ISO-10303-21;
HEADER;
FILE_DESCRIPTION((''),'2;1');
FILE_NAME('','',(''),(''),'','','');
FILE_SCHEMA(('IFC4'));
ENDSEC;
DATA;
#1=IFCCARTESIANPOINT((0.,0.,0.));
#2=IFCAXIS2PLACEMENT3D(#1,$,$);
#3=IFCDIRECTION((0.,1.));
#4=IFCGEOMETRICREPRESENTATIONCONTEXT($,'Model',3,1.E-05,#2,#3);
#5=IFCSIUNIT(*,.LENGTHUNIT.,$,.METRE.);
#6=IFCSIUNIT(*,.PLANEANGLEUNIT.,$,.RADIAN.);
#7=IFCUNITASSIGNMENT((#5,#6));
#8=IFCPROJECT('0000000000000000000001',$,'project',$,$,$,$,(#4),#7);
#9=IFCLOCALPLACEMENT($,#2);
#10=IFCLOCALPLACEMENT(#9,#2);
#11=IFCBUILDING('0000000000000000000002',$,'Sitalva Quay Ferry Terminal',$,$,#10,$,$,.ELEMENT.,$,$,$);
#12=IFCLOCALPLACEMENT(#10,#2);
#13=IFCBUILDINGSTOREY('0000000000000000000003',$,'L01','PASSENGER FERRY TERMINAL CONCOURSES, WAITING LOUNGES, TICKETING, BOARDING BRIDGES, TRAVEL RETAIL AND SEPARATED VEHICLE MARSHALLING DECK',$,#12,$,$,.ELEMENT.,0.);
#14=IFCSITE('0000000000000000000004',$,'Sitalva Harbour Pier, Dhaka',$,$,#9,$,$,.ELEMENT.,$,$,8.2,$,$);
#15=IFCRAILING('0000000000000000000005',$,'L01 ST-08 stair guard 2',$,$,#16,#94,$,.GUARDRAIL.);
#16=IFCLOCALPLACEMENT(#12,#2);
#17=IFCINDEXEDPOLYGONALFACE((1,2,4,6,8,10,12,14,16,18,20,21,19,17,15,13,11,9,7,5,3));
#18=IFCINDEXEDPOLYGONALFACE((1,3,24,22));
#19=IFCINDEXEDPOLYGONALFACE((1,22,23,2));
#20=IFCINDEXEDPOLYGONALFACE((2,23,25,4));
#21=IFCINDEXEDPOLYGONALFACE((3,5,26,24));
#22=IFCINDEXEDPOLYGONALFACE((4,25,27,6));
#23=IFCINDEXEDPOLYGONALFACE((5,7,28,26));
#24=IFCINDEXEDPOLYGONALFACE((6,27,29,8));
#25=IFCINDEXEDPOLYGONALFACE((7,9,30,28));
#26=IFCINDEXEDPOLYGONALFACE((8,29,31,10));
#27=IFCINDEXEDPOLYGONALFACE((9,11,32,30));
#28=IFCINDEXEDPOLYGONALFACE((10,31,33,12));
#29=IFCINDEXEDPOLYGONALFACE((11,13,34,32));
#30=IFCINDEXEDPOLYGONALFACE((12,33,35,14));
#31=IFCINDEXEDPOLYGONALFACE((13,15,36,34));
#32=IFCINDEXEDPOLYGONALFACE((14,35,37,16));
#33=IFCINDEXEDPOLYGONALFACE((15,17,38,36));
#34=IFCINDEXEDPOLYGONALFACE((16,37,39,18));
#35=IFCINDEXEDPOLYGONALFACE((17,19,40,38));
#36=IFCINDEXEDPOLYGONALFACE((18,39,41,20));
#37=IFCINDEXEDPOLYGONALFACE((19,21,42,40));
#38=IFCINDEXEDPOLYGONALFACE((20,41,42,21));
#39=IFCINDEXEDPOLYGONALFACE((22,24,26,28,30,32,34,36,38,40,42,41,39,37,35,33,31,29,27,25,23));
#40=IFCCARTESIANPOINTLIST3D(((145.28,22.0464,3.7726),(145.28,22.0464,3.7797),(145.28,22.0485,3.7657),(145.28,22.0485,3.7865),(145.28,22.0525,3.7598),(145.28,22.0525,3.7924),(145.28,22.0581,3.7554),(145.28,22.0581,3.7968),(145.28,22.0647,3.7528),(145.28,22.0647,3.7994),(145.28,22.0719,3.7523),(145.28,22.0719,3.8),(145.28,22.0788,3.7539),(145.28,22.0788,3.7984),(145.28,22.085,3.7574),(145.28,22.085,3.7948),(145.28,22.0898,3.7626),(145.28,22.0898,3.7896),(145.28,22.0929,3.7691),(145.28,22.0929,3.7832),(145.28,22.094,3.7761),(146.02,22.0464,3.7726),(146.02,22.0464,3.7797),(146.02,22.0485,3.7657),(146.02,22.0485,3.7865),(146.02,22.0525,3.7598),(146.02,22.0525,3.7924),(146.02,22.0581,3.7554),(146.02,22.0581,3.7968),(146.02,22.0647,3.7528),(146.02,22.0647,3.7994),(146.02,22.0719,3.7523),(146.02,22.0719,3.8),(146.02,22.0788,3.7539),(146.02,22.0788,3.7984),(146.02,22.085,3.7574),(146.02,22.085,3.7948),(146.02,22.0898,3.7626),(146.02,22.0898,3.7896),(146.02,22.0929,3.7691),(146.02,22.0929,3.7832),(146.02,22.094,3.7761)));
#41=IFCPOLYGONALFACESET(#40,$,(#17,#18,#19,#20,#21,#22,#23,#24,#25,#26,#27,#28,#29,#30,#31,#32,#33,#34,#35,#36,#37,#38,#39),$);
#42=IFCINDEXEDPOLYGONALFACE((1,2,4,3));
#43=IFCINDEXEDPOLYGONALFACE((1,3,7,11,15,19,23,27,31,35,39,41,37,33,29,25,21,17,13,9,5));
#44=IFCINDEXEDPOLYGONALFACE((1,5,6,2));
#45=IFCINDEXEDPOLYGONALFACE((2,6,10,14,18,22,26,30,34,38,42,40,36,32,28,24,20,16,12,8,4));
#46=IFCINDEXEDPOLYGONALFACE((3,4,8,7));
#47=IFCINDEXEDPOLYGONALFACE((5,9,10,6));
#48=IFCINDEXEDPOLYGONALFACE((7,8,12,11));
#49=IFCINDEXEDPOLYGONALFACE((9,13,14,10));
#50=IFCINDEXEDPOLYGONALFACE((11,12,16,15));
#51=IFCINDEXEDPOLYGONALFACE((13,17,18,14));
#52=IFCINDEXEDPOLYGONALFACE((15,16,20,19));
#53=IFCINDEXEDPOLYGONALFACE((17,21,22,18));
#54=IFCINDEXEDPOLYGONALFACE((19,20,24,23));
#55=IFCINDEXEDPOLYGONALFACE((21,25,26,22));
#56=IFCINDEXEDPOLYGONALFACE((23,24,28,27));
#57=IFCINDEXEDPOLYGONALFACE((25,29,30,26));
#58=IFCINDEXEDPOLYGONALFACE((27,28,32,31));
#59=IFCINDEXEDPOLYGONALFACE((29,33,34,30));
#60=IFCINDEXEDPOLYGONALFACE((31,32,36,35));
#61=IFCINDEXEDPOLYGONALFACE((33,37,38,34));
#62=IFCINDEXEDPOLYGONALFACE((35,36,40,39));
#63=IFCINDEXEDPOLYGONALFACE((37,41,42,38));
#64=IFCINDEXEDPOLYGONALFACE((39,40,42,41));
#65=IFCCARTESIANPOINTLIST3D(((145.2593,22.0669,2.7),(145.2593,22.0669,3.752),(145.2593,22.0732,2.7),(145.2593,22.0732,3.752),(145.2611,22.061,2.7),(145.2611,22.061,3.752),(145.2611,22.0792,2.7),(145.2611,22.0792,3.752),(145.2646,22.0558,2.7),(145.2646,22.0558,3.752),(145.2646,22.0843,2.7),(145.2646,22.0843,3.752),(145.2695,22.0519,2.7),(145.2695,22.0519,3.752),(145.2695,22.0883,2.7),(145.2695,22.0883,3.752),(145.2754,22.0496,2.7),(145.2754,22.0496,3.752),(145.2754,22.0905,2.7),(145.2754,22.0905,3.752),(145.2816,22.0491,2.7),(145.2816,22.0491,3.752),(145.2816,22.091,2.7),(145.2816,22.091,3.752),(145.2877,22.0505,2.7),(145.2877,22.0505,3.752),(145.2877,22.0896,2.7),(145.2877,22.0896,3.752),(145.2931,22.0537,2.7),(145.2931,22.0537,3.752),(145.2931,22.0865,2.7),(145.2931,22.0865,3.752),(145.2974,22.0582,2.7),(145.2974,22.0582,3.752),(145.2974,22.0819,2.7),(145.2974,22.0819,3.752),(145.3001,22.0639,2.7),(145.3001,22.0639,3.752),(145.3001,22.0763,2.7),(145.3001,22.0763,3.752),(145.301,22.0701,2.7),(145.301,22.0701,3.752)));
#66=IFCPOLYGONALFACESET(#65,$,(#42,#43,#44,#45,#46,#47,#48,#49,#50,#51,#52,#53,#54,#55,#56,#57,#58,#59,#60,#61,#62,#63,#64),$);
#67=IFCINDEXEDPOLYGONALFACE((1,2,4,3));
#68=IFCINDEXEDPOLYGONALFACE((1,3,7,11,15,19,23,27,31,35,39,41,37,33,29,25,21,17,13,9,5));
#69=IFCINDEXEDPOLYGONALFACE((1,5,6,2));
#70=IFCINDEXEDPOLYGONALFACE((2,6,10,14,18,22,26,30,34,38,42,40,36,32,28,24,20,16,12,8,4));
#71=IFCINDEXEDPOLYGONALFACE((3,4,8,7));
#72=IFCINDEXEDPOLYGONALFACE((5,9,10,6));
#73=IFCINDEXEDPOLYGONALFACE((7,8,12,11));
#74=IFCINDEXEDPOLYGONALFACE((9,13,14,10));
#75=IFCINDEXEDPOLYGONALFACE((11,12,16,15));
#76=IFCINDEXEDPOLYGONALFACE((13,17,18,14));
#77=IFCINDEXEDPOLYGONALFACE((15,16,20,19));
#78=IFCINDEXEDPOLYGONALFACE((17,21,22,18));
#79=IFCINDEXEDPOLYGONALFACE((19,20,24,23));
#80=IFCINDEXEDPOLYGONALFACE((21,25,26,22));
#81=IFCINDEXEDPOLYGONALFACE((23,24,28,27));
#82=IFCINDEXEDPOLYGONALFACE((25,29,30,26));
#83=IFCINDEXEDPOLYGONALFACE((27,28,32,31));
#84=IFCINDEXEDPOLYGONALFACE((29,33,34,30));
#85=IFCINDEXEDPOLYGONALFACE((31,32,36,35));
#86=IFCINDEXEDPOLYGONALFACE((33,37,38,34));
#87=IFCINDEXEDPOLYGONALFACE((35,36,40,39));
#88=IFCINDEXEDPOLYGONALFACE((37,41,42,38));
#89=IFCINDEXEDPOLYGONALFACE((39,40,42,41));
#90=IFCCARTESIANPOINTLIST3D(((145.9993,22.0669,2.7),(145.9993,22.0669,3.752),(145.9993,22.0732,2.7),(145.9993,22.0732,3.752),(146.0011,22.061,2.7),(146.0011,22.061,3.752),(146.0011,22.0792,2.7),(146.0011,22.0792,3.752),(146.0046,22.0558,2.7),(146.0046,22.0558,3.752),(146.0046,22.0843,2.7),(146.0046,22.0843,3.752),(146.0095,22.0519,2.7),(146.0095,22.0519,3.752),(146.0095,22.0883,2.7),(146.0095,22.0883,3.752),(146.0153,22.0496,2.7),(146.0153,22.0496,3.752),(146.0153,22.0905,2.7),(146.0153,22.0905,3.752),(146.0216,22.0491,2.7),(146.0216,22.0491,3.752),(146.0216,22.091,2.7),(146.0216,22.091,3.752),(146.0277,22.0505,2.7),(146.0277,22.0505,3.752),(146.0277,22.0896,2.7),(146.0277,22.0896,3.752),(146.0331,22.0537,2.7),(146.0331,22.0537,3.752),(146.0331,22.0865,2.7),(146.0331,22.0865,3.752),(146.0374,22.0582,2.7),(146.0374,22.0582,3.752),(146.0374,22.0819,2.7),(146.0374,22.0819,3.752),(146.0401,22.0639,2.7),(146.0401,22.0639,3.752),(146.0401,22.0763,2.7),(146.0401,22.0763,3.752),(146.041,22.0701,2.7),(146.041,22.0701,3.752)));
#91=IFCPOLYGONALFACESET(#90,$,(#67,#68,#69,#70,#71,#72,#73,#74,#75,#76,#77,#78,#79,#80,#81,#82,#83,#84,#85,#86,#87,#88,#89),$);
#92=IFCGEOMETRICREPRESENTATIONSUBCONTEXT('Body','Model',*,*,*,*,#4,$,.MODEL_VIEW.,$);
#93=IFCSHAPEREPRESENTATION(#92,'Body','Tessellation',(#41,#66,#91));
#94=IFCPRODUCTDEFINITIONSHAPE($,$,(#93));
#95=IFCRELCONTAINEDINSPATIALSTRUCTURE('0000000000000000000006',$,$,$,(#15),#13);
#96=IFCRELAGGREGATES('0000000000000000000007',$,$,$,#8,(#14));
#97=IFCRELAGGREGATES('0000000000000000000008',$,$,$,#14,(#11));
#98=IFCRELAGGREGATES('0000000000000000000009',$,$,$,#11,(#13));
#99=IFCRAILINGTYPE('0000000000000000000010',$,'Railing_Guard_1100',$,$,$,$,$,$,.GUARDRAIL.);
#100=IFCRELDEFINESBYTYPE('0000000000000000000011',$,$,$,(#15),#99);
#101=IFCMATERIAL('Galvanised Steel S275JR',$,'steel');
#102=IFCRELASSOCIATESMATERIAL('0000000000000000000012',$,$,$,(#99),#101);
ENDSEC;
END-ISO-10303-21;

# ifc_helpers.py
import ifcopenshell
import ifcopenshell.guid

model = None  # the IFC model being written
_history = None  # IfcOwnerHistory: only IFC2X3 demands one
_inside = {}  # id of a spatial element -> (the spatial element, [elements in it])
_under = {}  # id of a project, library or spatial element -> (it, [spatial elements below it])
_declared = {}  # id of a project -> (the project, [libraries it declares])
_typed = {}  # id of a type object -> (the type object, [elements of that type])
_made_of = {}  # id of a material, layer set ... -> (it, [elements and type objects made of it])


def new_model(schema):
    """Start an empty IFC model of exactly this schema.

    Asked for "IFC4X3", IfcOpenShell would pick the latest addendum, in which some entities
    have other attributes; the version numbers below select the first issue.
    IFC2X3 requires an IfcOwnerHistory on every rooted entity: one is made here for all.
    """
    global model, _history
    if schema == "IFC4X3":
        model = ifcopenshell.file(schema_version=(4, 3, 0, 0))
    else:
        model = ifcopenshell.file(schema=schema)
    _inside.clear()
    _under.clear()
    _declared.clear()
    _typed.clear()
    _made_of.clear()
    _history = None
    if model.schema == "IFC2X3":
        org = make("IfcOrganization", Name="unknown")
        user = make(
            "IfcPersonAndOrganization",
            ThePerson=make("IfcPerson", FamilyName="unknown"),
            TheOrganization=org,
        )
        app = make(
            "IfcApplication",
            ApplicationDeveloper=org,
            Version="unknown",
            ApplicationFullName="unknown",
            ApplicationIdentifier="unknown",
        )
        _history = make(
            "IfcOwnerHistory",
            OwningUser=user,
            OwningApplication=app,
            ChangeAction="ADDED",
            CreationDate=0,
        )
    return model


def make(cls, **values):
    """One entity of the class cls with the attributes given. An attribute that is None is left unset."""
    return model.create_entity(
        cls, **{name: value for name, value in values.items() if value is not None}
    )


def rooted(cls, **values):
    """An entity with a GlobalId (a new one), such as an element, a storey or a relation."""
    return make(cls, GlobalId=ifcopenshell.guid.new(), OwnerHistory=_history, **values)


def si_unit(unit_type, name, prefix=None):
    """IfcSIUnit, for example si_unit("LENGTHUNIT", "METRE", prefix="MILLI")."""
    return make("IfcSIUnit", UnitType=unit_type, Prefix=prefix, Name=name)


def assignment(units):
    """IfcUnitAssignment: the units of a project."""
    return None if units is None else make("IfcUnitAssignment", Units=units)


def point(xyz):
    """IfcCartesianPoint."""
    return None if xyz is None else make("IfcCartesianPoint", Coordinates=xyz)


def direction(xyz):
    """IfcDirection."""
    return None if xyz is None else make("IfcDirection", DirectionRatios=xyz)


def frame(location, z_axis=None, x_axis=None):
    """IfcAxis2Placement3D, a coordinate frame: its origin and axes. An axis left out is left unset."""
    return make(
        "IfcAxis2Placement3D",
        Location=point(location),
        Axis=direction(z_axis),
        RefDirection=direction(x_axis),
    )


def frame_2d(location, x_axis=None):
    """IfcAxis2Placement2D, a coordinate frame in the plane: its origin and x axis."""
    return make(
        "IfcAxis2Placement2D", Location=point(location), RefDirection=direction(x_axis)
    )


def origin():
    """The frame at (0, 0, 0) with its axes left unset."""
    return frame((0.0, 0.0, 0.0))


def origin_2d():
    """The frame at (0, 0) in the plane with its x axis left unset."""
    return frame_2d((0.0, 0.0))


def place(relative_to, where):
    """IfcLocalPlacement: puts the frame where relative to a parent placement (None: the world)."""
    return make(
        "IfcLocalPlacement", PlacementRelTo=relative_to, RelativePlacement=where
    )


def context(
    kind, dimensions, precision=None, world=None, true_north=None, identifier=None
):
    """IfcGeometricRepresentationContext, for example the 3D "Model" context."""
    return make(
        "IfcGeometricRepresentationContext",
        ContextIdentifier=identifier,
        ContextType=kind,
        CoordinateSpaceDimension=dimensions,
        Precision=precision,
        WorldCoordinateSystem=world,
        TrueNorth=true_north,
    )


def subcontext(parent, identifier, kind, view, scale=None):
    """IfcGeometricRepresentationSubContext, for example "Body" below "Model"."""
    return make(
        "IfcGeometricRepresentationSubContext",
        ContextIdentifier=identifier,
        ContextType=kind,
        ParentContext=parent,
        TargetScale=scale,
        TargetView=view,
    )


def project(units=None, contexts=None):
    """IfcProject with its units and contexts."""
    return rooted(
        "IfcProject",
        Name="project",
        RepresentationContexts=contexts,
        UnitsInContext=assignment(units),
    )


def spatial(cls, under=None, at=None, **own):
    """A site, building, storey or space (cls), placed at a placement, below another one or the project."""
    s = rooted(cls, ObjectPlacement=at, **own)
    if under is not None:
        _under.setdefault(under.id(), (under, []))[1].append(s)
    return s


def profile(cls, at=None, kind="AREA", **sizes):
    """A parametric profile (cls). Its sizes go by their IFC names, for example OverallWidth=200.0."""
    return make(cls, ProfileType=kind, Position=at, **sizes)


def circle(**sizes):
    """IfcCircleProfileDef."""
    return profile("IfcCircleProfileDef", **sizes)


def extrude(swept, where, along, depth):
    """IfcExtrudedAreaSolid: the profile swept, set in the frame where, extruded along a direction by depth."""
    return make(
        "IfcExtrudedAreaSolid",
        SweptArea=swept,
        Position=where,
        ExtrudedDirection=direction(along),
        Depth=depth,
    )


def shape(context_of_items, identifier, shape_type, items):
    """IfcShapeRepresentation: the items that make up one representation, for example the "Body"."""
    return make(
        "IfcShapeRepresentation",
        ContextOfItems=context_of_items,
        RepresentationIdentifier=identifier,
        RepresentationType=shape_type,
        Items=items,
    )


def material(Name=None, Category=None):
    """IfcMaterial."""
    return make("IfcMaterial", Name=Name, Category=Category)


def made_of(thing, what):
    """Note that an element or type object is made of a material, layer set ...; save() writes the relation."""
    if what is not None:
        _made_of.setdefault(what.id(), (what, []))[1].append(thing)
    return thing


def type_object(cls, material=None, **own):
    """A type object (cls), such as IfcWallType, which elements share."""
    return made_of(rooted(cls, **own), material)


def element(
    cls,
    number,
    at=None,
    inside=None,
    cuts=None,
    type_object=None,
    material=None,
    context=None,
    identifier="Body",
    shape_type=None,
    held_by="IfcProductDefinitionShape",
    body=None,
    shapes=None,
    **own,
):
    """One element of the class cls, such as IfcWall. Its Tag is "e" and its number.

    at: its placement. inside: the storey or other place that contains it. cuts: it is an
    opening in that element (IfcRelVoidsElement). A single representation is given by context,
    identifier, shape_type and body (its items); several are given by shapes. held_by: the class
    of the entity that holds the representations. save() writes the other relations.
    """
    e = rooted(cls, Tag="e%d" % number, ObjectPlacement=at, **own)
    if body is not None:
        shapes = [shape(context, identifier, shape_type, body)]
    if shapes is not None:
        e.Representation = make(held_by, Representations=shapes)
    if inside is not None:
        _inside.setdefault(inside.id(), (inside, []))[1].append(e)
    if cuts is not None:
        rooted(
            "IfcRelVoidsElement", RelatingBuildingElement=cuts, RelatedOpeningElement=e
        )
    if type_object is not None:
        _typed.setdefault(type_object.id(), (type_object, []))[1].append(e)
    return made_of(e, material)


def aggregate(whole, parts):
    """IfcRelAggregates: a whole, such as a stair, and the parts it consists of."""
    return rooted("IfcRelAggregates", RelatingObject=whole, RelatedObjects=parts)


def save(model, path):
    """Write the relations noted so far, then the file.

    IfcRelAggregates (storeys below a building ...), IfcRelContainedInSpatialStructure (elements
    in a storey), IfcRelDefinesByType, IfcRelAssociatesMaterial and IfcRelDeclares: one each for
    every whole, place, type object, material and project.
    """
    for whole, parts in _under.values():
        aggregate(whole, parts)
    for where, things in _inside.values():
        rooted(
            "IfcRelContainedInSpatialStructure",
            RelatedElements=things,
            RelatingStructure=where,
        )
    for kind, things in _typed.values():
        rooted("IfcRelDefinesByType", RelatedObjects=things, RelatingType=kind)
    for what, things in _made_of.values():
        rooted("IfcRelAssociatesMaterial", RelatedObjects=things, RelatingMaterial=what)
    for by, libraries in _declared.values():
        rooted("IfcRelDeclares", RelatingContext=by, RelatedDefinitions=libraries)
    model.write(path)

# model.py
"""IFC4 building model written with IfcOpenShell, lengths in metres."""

from ifc_helpers import new_model, si_unit, direction, frame, origin, origin_2d, place, context, subcontext, project, spatial, circle, extrude, material, type_object, element, save


model = new_model("IFC4")

# Units and contexts
model_context = context("Model", 3, precision=1e-05, world=origin(), true_north=direction((0.0, 1.0)))
body_context = subcontext(model_context, "Body", "Model", "MODEL_VIEW")
ifc_project = project(units=[si_unit("LENGTHUNIT", "METRE"), si_unit("PLANEANGLEUNIT", "RADIAN")], contexts=[model_context])

# Site, building, storey
site_placement = place(None, origin())
site = spatial("IfcSite", under=ifc_project, at=site_placement, Name="Sitalva Harbour Pier, Dhaka", CompositionType="ELEMENT", RefElevation=8.2)
building_placement = place(site_placement, origin())
building = spatial("IfcBuilding", under=site, at=building_placement, Name="Sitalva Quay Ferry Terminal", CompositionType="ELEMENT")
storey_placement = place(building_placement, origin())
storey = spatial("IfcBuildingStorey", under=building, at=storey_placement, Name="L01", Description="PASSENGER FERRY TERMINAL CONCOURSES, WAITING LOUNGES, TICKETING, BOARDING BRIDGES, TRAVEL RETAIL AND SEPARATED VEHICLE MARSHALLING DECK", CompositionType="ELEMENT", Elevation=0.0)

# Railing
ifc_material_1 = material(Name="Galvanised Steel S275JR", Category="steel")
railing_type_1 = type_object("IfcRailingType", Name="Railing_Guard_1100", PredefinedType="GUARDRAIL", material=ifc_material_1)
railing_1_placement = place(storey_placement, frame((145.28, 22.0701, 2.7)))
element("IfcRailing", 1, at=railing_1_placement, inside=storey, type_object=railing_type_1, Name="L01 ST-08 stair guard 2", PredefinedType="GUARDRAIL", context=body_context, shape_type="SweptSolid", body=[
    extrude(circle(Radius=0.0239, at=origin_2d()), frame((0.0, 0.0, 1.0762), z_axis=(1.0, 0.0, 0.0), x_axis=(0.0, 1.0, 0.0)), (0.0, 0.0, 1.0), 0.74),
    extrude(circle(Radius=0.021, at=origin_2d()), origin(), (0.0, 0.0, 1.0), 1.052),
    extrude(circle(Radius=0.021, at=origin_2d()), frame((0.74, 0.0, 0.0)), (0.0, 0.0, 1.0), 1.052),
])

save(model, "model.ifc")
